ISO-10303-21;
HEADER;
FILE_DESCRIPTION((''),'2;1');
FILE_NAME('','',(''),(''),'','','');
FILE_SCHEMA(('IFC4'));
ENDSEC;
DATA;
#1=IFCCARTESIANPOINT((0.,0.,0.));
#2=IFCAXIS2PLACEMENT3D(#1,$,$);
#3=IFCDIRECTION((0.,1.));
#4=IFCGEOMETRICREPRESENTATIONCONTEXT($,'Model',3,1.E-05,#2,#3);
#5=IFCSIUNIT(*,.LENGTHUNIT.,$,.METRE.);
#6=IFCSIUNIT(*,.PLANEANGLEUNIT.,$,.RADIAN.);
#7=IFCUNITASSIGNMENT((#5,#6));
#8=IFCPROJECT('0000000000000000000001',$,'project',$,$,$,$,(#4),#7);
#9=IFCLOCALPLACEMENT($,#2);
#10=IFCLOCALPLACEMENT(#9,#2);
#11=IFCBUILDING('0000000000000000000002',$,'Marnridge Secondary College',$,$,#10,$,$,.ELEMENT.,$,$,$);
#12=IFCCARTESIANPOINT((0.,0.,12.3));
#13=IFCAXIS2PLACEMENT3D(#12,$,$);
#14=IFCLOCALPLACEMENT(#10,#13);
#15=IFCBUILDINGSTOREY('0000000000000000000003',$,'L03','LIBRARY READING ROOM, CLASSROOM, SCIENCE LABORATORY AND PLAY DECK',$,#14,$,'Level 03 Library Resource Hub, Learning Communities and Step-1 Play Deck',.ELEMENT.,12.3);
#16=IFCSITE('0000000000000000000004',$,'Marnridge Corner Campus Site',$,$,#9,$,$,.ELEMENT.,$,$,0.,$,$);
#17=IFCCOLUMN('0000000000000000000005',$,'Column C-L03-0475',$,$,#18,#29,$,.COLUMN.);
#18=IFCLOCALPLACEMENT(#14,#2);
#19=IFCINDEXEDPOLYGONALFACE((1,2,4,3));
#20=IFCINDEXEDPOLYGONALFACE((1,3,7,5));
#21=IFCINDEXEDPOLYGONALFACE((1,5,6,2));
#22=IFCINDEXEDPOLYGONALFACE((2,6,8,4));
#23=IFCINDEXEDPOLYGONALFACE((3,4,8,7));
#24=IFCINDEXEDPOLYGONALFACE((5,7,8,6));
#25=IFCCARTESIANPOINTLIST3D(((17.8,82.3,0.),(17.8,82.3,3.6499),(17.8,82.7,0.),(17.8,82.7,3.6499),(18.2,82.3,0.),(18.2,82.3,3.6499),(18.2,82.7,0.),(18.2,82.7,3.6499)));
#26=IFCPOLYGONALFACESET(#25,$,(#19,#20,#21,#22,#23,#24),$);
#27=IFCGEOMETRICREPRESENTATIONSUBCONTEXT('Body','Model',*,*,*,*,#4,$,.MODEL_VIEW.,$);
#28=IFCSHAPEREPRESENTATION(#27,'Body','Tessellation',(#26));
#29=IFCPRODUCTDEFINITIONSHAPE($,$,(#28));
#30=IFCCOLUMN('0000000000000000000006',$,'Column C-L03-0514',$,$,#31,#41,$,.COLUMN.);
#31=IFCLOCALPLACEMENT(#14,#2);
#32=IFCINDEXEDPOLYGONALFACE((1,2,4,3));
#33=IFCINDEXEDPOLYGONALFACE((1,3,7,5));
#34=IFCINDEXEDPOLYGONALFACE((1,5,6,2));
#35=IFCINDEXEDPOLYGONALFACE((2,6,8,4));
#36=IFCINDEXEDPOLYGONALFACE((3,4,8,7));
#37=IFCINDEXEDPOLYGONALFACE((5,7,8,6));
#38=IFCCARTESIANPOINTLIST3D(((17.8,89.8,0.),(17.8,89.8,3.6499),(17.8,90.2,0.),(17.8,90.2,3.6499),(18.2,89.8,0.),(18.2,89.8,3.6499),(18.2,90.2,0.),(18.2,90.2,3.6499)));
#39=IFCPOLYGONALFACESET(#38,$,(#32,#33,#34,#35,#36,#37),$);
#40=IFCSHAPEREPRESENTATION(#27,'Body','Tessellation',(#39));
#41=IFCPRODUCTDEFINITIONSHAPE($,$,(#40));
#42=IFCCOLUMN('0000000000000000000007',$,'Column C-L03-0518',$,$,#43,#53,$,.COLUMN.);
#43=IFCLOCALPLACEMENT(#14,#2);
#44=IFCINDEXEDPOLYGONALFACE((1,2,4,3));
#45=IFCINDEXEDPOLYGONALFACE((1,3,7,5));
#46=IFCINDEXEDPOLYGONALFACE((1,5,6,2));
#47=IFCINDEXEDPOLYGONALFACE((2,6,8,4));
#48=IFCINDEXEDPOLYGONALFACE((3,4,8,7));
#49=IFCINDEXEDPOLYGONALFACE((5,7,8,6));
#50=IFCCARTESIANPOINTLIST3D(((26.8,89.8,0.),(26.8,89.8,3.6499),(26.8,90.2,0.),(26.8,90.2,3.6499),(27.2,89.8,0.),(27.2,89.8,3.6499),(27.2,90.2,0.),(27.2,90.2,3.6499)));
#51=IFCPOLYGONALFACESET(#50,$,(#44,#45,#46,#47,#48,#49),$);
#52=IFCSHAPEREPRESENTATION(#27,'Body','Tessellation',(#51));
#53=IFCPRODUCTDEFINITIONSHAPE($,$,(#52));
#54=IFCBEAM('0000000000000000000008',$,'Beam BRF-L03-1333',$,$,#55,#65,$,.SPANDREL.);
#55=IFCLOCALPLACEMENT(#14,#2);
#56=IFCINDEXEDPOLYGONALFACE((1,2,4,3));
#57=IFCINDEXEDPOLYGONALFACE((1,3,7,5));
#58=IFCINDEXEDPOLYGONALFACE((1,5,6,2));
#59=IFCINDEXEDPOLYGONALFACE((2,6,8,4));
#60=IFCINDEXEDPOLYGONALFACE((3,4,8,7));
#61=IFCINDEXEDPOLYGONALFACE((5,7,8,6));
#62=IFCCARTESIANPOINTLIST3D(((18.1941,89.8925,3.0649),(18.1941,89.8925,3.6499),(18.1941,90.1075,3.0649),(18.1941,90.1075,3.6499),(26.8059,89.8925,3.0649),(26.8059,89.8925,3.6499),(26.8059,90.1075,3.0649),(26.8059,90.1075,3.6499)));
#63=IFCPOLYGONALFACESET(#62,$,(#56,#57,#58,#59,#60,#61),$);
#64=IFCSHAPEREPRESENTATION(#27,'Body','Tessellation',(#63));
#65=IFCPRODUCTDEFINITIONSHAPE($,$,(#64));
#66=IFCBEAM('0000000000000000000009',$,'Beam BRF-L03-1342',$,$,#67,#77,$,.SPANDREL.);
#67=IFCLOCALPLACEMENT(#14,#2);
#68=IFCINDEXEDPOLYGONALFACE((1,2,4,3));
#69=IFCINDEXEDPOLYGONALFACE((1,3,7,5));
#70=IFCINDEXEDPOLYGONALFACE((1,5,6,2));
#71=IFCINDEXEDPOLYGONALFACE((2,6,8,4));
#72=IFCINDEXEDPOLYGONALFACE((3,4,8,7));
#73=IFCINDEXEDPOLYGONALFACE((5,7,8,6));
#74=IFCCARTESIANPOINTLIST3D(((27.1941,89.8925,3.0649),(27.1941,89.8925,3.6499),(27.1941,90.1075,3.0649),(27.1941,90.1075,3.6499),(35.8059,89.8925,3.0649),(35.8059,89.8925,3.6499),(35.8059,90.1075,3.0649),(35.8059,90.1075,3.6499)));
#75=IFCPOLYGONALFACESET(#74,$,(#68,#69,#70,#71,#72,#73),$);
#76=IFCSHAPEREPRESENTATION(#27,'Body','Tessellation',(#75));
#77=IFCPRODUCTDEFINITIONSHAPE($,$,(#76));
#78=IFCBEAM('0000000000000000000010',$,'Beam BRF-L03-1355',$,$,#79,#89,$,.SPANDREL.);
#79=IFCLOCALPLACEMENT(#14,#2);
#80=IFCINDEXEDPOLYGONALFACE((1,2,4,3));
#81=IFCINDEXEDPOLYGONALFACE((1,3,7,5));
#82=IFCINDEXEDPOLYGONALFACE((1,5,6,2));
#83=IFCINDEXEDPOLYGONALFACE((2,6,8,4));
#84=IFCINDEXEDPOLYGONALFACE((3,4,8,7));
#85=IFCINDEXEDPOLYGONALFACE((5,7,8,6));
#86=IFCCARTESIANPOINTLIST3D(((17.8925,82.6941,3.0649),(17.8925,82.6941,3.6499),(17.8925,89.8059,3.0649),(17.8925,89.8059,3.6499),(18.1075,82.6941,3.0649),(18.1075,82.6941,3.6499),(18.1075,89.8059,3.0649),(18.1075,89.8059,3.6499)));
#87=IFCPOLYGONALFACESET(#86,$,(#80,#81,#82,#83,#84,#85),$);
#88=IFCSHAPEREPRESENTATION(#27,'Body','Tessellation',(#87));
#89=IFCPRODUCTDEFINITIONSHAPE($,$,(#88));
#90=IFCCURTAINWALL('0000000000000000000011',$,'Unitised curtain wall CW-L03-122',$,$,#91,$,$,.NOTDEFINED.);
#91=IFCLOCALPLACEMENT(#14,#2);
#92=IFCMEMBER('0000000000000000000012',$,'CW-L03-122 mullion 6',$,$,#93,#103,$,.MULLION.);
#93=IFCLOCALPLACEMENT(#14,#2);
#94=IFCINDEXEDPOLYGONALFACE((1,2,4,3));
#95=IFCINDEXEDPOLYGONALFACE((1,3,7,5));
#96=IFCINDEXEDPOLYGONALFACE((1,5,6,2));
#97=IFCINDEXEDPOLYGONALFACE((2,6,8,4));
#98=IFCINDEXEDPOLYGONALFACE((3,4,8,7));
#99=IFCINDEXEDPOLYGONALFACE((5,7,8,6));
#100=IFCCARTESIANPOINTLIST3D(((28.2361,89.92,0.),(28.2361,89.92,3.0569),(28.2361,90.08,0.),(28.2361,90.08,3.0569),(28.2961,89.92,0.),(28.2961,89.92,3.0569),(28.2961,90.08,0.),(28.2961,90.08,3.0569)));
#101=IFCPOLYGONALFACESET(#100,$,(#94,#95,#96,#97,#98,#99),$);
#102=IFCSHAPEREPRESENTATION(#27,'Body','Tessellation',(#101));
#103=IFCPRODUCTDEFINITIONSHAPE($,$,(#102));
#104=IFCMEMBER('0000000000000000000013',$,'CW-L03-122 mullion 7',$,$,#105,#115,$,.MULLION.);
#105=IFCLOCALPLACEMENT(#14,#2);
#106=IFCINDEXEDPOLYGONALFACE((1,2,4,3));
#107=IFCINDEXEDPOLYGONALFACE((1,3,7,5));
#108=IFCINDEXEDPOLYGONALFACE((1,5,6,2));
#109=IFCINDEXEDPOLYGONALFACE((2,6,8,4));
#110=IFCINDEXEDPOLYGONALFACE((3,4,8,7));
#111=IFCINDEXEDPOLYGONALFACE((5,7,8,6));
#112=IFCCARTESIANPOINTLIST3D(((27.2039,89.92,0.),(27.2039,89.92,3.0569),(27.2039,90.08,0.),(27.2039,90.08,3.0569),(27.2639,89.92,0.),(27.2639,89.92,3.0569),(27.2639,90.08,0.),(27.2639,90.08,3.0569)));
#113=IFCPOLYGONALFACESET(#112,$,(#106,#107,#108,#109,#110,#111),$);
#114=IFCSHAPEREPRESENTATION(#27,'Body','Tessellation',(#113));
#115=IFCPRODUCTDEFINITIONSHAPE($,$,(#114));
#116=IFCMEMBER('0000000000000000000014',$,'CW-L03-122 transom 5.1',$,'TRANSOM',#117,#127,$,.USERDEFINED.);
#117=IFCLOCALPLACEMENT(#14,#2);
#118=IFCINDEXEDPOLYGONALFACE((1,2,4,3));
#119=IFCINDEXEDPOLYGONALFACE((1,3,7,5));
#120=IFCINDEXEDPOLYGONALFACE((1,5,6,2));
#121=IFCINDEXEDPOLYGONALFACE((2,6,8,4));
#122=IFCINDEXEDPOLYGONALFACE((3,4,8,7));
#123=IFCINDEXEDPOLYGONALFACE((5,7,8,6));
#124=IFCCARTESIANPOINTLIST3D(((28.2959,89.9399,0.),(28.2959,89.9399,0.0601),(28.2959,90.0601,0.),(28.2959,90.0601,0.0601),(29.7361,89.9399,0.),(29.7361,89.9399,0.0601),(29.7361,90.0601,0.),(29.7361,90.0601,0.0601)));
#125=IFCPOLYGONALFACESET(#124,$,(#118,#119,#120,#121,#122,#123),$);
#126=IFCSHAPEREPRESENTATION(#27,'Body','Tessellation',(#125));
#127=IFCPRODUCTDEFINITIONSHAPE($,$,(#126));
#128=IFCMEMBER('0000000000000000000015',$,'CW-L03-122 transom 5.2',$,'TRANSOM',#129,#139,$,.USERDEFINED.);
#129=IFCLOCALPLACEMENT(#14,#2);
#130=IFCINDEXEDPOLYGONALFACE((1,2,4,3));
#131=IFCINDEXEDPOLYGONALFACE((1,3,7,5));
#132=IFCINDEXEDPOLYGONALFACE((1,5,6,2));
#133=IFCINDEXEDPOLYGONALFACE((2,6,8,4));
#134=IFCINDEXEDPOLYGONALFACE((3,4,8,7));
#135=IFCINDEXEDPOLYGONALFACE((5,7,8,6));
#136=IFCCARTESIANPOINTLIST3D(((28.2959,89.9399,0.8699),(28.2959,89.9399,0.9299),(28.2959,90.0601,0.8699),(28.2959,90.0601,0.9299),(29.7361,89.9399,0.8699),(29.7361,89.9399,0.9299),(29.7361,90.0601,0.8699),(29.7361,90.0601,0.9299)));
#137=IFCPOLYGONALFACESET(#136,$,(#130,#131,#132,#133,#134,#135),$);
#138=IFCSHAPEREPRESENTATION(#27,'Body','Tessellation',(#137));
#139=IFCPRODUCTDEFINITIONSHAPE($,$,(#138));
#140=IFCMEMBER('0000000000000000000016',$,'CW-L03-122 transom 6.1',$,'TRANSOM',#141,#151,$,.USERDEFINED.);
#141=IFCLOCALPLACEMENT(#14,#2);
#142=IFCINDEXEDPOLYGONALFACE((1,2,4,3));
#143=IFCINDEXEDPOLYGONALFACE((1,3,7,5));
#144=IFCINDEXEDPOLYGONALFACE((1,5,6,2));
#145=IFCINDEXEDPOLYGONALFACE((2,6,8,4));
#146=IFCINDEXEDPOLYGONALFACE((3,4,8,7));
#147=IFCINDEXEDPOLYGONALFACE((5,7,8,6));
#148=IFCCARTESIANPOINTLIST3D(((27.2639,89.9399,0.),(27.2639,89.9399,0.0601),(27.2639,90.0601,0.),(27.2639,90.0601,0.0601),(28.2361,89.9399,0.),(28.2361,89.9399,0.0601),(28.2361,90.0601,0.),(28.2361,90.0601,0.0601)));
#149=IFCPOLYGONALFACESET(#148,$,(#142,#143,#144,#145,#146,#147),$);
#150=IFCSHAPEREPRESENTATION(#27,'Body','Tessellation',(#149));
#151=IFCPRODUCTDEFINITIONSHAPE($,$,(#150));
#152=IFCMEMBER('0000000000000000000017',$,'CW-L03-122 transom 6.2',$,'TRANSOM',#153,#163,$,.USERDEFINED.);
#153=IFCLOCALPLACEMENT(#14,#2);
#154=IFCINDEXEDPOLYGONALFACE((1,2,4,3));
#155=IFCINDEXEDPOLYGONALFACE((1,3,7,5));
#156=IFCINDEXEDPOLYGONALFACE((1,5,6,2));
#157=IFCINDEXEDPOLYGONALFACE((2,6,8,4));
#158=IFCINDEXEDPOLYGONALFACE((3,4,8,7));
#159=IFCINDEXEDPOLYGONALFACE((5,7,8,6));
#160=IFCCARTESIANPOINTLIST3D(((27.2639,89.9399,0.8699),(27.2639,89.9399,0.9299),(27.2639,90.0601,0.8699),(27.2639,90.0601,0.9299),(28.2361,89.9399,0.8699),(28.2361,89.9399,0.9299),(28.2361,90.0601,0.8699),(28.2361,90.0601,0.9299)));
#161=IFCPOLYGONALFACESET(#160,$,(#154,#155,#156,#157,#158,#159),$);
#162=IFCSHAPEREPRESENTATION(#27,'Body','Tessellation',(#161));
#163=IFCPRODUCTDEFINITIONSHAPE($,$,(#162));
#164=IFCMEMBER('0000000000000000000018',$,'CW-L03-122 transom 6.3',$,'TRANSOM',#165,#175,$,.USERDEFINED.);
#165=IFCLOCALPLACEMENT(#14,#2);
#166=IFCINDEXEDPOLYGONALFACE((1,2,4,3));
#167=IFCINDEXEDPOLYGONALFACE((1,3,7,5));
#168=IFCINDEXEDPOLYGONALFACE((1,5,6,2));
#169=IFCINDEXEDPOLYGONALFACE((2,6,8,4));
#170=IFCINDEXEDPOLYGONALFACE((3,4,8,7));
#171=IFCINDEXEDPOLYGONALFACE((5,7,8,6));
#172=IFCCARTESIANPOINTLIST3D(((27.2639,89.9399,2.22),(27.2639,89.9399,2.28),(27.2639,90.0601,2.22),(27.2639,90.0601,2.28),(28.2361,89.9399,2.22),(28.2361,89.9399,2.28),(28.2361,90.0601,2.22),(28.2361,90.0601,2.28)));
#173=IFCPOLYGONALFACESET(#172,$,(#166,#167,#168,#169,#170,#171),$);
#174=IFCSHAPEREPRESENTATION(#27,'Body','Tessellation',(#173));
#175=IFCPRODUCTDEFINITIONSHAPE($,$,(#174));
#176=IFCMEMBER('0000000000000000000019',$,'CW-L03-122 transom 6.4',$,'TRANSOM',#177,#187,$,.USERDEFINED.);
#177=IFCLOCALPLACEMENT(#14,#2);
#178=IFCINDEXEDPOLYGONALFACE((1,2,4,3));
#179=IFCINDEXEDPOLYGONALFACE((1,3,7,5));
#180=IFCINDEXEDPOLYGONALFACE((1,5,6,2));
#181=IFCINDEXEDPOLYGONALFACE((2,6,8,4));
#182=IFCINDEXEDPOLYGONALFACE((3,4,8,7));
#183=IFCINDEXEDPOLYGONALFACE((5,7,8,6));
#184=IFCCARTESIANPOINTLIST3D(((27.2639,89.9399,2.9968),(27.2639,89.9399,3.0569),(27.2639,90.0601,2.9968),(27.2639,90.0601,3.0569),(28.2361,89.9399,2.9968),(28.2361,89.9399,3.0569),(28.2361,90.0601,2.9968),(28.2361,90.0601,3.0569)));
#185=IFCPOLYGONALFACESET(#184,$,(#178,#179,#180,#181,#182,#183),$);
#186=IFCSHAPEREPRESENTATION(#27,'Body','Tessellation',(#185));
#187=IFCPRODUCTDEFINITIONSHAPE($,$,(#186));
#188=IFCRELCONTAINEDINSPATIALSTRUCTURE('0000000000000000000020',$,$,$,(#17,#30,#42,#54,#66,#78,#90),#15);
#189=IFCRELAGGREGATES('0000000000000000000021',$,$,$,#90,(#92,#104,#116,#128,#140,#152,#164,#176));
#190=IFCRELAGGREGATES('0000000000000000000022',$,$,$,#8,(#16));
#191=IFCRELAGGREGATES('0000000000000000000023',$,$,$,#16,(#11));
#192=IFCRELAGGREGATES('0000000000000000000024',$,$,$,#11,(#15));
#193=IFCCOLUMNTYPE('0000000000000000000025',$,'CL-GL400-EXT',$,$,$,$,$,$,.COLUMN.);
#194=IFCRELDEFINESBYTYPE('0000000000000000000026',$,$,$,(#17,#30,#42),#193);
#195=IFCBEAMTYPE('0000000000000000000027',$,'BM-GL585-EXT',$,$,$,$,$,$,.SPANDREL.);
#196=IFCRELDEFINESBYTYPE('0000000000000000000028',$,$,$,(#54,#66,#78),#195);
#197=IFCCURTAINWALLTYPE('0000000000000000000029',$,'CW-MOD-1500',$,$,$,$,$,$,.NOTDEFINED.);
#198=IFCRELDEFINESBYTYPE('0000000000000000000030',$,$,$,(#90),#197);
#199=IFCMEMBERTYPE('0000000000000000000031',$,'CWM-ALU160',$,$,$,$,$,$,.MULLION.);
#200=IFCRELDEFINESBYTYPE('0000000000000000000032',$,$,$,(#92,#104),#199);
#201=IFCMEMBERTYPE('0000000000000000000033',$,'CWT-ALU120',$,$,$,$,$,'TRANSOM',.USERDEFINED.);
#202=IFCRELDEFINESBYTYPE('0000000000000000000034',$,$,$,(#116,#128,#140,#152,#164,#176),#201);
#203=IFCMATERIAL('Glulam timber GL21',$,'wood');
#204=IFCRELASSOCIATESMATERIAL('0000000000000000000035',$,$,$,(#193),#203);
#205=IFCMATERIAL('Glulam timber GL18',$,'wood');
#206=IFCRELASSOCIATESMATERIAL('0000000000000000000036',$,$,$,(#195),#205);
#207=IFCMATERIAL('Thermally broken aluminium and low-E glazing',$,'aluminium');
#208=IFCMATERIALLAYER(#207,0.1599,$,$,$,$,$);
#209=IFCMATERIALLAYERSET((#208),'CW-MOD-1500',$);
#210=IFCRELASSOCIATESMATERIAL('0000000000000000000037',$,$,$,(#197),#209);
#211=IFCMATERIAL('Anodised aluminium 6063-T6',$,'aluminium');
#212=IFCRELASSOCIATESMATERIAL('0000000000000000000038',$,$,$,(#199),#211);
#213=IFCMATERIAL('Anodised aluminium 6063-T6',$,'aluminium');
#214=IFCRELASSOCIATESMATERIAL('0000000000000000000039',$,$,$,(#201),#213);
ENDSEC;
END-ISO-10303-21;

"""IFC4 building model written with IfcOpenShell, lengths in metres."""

from ifc_helpers import new_model, si_unit, direction, frame, origin, origin_2d, place, context, subcontext, project, spatial, rectangle, extrude, material, layer, layer_set, material_profile, profile_set, type_object, element, aggregate, save


model = new_model("IFC4")

# Units and contexts
model_context = context("Model", 3, precision=1e-05, world=origin(), true_north=direction((0.0, 1.0)))
body_context = subcontext(model_context, "Body", "Model", "MODEL_VIEW")
ifc_project = project(units=[si_unit("LENGTHUNIT", "METRE"), si_unit("PLANEANGLEUNIT", "RADIAN")], contexts=[model_context])

# Site, building, storey
site_placement = place(None, origin())
site = spatial("IfcSite", under=ifc_project, at=site_placement, Name="Marnridge Corner Campus Site", CompositionType="ELEMENT", RefElevation=0.0)
building_placement = place(site_placement, origin())
building = spatial("IfcBuilding", under=site, at=building_placement, Name="Marnridge Secondary College", CompositionType="ELEMENT")
storey_placement = place(building_placement, frame((0.0, 0.0, 12.3)))
storey = spatial("IfcBuildingStorey", under=building, at=storey_placement, Name="L03", Description="LIBRARY READING ROOM, CLASSROOM, SCIENCE LABORATORY AND PLAY DECK", LongName="Level 03 Library Resource Hub, Learning Communities and Step-1 Play Deck", CompositionType="ELEMENT", Elevation=12.3)

# Columns
ifc_material_1 = material(Name="Glulam timber GL21", Category="wood")
ifc_material_profile_1 = material_profile(ifc_material_1, rectangle(XDim=0.3999, YDim=0.3999, at=origin_2d()), Name="GL21 400x400")
ifc_profile_set_1 = profile_set([ifc_material_profile_1], Name="Glulam timber GL21")
column_type = type_object("IfcColumnType", Name="CL-GL400-EXT", PredefinedType="COLUMN", material=ifc_profile_set_1)
for number, where, z_axis, x_axis, name in (
    (1, (18.0, 82.5, 0.0), (0.0, 0.0, 1.0), (1.0, 0.0, 0.0), "Column C-L03-0475"),
    (2, (18.0, 90.0, 0.0), (0.0, 0.0, 1.0), (1.0, 0.0, 0.0), "Column C-L03-0514"),
    (3, (27.0, 90.0, 0.0), (0.0, 0.0, 1.0), (1.0, 0.0, 0.0), "Column C-L03-0518"),
):
    element("IfcColumn", number, at=place(storey_placement, frame(where, z_axis=z_axis, x_axis=x_axis)), inside=storey, type_object=column_type, Name=name, PredefinedType="COLUMN", context=body_context, shape_type="SweptSolid", body=[
        extrude(rectangle(XDim=0.3999, YDim=0.3999, at=origin_2d()), origin(), (0.0, 0.0, 1.0), 3.6499),
    ])

# Beams
ifc_material_2 = material(Name="Glulam timber GL18", Category="wood")
ifc_material_profile_2 = material_profile(ifc_material_2, rectangle(XDim=0.2151, YDim=0.585, at=origin_2d()), Name="GL18 215x585")
ifc_profile_set_2 = profile_set([ifc_material_profile_2], Name="Glulam timber GL18")
beam_type = type_object("IfcBeamType", Name="BM-GL585-EXT", PredefinedType="SPANDREL", material=ifc_profile_set_2)
for number, where, z_axis, x_axis, name in (
    (4, (18.1941, 90.0, 3.3574), (1.0, 0.0, 0.0), (0.0, 1.0, 0.0), "Beam BRF-L03-1333"),
    (5, (27.1941, 90.0, 3.3574), (1.0, 0.0, 0.0), (0.0, 1.0, 0.0), "Beam BRF-L03-1342"),
):
    element("IfcBeam", number, at=place(storey_placement, frame(where, z_axis=z_axis, x_axis=x_axis)), inside=storey, type_object=beam_type, Name=name, PredefinedType="SPANDREL", context=body_context, shape_type="SweptSolid", body=[
        extrude(rectangle(XDim=0.2151, YDim=0.585, at=origin_2d()), origin(), (0.0, 0.0, 1.0), 8.6118),
    ])
beam_placement = place(storey_placement, frame((18.0, 82.6941, 3.3574), z_axis=(0.0, 1.0, 0.0), x_axis=(-1.0, 0.0, 0.0)))
element("IfcBeam", 6, at=beam_placement, inside=storey, type_object=beam_type, Name="Beam BRF-L03-1355", PredefinedType="SPANDREL", context=body_context, shape_type="SweptSolid", body=[
    extrude(rectangle(XDim=0.2151, YDim=0.585, at=origin_2d()), origin(), (0.0, 0.0, 1.0), 7.1118),
])

# Curtain wall, members
ifc_material_3 = material(Name="Thermally broken aluminium and low-E glazing", Category="aluminium")
ifc_layer_1 = layer(ifc_material_3, 0.1599)
ifc_layer_set_1 = layer_set([ifc_layer_1], Name="CW-MOD-1500")
curtain_wall_type = type_object("IfcCurtainWallType", Name="CW-MOD-1500", PredefinedType="NOTDEFINED", material=ifc_layer_set_1)
curtain_wall_placement = place(storey_placement, origin())
curtain_wall = element("IfcCurtainWall", 7, at=curtain_wall_placement, inside=storey, type_object=curtain_wall_type, Name="Unitised curtain wall CW-L03-122", PredefinedType="NOTDEFINED")
ifc_material_4 = material(Name="Anodised aluminium 6063-T6", Category="aluminium")
ifc_material_profile_3 = material_profile(ifc_material_4, rectangle(XDim=0.0601, YDim=0.1599, at=origin_2d()), Name="ALU 60x160")
ifc_profile_set_3 = profile_set([ifc_material_profile_3], Name="Anodised aluminium 6063-T6")
member_type_1 = type_object("IfcMemberType", Name="CWM-ALU160", PredefinedType="MULLION", material=ifc_profile_set_3)
member_1_placement = place(storey_placement, frame((28.2661, 90.0, 0.0), z_axis=(0.0, 0.0, 1.0), x_axis=(-1.0, 0.0, 0.0)))
member_1 = element("IfcMember", 8, at=member_1_placement, type_object=member_type_1, Name="CW-L03-122 mullion 6", PredefinedType="MULLION", context=body_context, shape_type="SweptSolid", body=[
    extrude(rectangle(XDim=0.0601, YDim=0.1599, at=origin_2d()), origin(), (0.0, 0.0, 1.0), 3.0569),
])
member_2_placement = place(storey_placement, frame((27.2339, 90.0, 0.0), z_axis=(0.0, 0.0, 1.0), x_axis=(-1.0, 0.0, 0.0)))
member_2 = element("IfcMember", 9, at=member_2_placement, type_object=member_type_1, Name="CW-L03-122 mullion 7", PredefinedType="MULLION", context=body_context, shape_type="SweptSolid", body=[
    extrude(rectangle(XDim=0.0601, YDim=0.1599, at=origin_2d()), origin(), (0.0, 0.0, 1.0), 3.0569),
])
ifc_material_5 = material(Name="Anodised aluminium 6063-T6", Category="aluminium")
ifc_material_profile_4 = material_profile(ifc_material_5, rectangle(XDim=0.0601, YDim=0.1201, at=origin_2d()), Name="ALU 60x120")
ifc_profile_set_4 = profile_set([ifc_material_profile_4], Name="Anodised aluminium 6063-T6")
member_type_2 = type_object("IfcMemberType", Name="CWT-ALU120", ElementType="TRANSOM", PredefinedType="USERDEFINED", material=ifc_profile_set_4)
member_3_placement = place(storey_placement, frame((29.7361, 90.0, 0.03), z_axis=(-1.0, 0.0, 0.0), x_axis=(0.0, 0.0, 1.0)))
member_3 = element("IfcMember", 10, at=member_3_placement, type_object=member_type_2, Name="CW-L03-122 transom 5.1", ObjectType="TRANSOM", PredefinedType="USERDEFINED", context=body_context, shape_type="SweptSolid", body=[
    extrude(rectangle(XDim=0.0601, YDim=0.1201, at=origin_2d()), origin(), (0.0, 0.0, 1.0), 1.4402),
])
member_4_placement = place(storey_placement, frame((29.7361, 90.0, 0.8999), z_axis=(-1.0, 0.0, 0.0), x_axis=(0.0, 0.0, 1.0)))
member_4 = element("IfcMember", 11, at=member_4_placement, type_object=member_type_2, Name="CW-L03-122 transom 5.2", ObjectType="TRANSOM", PredefinedType="USERDEFINED", context=body_context, shape_type="SweptSolid", body=[
    extrude(rectangle(XDim=0.0601, YDim=0.1201, at=origin_2d()), origin(), (0.0, 0.0, 1.0), 1.4402),
])
member_5_placement = place(storey_placement, frame((28.2361, 90.0, 0.03), z_axis=(-1.0, 0.0, 0.0), x_axis=(0.0, 0.0, 1.0)))
member_5 = element("IfcMember", 12, at=member_5_placement, type_object=member_type_2, Name="CW-L03-122 transom 6.1", ObjectType="TRANSOM", PredefinedType="USERDEFINED", context=body_context, shape_type="SweptSolid", body=[
    extrude(rectangle(XDim=0.0601, YDim=0.1201, at=origin_2d()), origin(), (0.0, 0.0, 1.0), 0.9722),
])
member_6_placement = place(storey_placement, frame((28.2361, 90.0, 0.8999), z_axis=(-1.0, 0.0, 0.0), x_axis=(0.0, 0.0, 1.0)))
member_6 = element("IfcMember", 13, at=member_6_placement, type_object=member_type_2, Name="CW-L03-122 transom 6.2", ObjectType="TRANSOM", PredefinedType="USERDEFINED", context=body_context, shape_type="SweptSolid", body=[
    extrude(rectangle(XDim=0.0601, YDim=0.1201, at=origin_2d()), origin(), (0.0, 0.0, 1.0), 0.9722),
])
member_7_placement = place(storey_placement, frame((28.2361, 90.0, 2.25), z_axis=(-1.0, 0.0, 0.0), x_axis=(0.0, 0.0, 1.0)))
member_7 = element("IfcMember", 14, at=member_7_placement, type_object=member_type_2, Name="CW-L03-122 transom 6.3", ObjectType="TRANSOM", PredefinedType="USERDEFINED", context=body_context, shape_type="SweptSolid", body=[
    extrude(rectangle(XDim=0.0601, YDim=0.1201, at=origin_2d()), origin(), (0.0, 0.0, 1.0), 0.9722),
])
member_8_placement = place(storey_placement, frame((28.2361, 90.0, 3.0269), z_axis=(-1.0, 0.0, 0.0), x_axis=(0.0, 0.0, 1.0)))
member_8 = element("IfcMember", 15, at=member_8_placement, type_object=member_type_2, Name="CW-L03-122 transom 6.4", ObjectType="TRANSOM", PredefinedType="USERDEFINED", context=body_context, shape_type="SweptSolid", body=[
    extrude(rectangle(XDim=0.0601, YDim=0.1201, at=origin_2d()), origin(), (0.0, 0.0, 1.0), 0.9722),
])

aggregate(curtain_wall, [member_1, member_2, member_3, member_4, member_5, member_6, member_7, member_8])

save(model, "model.ifc")
